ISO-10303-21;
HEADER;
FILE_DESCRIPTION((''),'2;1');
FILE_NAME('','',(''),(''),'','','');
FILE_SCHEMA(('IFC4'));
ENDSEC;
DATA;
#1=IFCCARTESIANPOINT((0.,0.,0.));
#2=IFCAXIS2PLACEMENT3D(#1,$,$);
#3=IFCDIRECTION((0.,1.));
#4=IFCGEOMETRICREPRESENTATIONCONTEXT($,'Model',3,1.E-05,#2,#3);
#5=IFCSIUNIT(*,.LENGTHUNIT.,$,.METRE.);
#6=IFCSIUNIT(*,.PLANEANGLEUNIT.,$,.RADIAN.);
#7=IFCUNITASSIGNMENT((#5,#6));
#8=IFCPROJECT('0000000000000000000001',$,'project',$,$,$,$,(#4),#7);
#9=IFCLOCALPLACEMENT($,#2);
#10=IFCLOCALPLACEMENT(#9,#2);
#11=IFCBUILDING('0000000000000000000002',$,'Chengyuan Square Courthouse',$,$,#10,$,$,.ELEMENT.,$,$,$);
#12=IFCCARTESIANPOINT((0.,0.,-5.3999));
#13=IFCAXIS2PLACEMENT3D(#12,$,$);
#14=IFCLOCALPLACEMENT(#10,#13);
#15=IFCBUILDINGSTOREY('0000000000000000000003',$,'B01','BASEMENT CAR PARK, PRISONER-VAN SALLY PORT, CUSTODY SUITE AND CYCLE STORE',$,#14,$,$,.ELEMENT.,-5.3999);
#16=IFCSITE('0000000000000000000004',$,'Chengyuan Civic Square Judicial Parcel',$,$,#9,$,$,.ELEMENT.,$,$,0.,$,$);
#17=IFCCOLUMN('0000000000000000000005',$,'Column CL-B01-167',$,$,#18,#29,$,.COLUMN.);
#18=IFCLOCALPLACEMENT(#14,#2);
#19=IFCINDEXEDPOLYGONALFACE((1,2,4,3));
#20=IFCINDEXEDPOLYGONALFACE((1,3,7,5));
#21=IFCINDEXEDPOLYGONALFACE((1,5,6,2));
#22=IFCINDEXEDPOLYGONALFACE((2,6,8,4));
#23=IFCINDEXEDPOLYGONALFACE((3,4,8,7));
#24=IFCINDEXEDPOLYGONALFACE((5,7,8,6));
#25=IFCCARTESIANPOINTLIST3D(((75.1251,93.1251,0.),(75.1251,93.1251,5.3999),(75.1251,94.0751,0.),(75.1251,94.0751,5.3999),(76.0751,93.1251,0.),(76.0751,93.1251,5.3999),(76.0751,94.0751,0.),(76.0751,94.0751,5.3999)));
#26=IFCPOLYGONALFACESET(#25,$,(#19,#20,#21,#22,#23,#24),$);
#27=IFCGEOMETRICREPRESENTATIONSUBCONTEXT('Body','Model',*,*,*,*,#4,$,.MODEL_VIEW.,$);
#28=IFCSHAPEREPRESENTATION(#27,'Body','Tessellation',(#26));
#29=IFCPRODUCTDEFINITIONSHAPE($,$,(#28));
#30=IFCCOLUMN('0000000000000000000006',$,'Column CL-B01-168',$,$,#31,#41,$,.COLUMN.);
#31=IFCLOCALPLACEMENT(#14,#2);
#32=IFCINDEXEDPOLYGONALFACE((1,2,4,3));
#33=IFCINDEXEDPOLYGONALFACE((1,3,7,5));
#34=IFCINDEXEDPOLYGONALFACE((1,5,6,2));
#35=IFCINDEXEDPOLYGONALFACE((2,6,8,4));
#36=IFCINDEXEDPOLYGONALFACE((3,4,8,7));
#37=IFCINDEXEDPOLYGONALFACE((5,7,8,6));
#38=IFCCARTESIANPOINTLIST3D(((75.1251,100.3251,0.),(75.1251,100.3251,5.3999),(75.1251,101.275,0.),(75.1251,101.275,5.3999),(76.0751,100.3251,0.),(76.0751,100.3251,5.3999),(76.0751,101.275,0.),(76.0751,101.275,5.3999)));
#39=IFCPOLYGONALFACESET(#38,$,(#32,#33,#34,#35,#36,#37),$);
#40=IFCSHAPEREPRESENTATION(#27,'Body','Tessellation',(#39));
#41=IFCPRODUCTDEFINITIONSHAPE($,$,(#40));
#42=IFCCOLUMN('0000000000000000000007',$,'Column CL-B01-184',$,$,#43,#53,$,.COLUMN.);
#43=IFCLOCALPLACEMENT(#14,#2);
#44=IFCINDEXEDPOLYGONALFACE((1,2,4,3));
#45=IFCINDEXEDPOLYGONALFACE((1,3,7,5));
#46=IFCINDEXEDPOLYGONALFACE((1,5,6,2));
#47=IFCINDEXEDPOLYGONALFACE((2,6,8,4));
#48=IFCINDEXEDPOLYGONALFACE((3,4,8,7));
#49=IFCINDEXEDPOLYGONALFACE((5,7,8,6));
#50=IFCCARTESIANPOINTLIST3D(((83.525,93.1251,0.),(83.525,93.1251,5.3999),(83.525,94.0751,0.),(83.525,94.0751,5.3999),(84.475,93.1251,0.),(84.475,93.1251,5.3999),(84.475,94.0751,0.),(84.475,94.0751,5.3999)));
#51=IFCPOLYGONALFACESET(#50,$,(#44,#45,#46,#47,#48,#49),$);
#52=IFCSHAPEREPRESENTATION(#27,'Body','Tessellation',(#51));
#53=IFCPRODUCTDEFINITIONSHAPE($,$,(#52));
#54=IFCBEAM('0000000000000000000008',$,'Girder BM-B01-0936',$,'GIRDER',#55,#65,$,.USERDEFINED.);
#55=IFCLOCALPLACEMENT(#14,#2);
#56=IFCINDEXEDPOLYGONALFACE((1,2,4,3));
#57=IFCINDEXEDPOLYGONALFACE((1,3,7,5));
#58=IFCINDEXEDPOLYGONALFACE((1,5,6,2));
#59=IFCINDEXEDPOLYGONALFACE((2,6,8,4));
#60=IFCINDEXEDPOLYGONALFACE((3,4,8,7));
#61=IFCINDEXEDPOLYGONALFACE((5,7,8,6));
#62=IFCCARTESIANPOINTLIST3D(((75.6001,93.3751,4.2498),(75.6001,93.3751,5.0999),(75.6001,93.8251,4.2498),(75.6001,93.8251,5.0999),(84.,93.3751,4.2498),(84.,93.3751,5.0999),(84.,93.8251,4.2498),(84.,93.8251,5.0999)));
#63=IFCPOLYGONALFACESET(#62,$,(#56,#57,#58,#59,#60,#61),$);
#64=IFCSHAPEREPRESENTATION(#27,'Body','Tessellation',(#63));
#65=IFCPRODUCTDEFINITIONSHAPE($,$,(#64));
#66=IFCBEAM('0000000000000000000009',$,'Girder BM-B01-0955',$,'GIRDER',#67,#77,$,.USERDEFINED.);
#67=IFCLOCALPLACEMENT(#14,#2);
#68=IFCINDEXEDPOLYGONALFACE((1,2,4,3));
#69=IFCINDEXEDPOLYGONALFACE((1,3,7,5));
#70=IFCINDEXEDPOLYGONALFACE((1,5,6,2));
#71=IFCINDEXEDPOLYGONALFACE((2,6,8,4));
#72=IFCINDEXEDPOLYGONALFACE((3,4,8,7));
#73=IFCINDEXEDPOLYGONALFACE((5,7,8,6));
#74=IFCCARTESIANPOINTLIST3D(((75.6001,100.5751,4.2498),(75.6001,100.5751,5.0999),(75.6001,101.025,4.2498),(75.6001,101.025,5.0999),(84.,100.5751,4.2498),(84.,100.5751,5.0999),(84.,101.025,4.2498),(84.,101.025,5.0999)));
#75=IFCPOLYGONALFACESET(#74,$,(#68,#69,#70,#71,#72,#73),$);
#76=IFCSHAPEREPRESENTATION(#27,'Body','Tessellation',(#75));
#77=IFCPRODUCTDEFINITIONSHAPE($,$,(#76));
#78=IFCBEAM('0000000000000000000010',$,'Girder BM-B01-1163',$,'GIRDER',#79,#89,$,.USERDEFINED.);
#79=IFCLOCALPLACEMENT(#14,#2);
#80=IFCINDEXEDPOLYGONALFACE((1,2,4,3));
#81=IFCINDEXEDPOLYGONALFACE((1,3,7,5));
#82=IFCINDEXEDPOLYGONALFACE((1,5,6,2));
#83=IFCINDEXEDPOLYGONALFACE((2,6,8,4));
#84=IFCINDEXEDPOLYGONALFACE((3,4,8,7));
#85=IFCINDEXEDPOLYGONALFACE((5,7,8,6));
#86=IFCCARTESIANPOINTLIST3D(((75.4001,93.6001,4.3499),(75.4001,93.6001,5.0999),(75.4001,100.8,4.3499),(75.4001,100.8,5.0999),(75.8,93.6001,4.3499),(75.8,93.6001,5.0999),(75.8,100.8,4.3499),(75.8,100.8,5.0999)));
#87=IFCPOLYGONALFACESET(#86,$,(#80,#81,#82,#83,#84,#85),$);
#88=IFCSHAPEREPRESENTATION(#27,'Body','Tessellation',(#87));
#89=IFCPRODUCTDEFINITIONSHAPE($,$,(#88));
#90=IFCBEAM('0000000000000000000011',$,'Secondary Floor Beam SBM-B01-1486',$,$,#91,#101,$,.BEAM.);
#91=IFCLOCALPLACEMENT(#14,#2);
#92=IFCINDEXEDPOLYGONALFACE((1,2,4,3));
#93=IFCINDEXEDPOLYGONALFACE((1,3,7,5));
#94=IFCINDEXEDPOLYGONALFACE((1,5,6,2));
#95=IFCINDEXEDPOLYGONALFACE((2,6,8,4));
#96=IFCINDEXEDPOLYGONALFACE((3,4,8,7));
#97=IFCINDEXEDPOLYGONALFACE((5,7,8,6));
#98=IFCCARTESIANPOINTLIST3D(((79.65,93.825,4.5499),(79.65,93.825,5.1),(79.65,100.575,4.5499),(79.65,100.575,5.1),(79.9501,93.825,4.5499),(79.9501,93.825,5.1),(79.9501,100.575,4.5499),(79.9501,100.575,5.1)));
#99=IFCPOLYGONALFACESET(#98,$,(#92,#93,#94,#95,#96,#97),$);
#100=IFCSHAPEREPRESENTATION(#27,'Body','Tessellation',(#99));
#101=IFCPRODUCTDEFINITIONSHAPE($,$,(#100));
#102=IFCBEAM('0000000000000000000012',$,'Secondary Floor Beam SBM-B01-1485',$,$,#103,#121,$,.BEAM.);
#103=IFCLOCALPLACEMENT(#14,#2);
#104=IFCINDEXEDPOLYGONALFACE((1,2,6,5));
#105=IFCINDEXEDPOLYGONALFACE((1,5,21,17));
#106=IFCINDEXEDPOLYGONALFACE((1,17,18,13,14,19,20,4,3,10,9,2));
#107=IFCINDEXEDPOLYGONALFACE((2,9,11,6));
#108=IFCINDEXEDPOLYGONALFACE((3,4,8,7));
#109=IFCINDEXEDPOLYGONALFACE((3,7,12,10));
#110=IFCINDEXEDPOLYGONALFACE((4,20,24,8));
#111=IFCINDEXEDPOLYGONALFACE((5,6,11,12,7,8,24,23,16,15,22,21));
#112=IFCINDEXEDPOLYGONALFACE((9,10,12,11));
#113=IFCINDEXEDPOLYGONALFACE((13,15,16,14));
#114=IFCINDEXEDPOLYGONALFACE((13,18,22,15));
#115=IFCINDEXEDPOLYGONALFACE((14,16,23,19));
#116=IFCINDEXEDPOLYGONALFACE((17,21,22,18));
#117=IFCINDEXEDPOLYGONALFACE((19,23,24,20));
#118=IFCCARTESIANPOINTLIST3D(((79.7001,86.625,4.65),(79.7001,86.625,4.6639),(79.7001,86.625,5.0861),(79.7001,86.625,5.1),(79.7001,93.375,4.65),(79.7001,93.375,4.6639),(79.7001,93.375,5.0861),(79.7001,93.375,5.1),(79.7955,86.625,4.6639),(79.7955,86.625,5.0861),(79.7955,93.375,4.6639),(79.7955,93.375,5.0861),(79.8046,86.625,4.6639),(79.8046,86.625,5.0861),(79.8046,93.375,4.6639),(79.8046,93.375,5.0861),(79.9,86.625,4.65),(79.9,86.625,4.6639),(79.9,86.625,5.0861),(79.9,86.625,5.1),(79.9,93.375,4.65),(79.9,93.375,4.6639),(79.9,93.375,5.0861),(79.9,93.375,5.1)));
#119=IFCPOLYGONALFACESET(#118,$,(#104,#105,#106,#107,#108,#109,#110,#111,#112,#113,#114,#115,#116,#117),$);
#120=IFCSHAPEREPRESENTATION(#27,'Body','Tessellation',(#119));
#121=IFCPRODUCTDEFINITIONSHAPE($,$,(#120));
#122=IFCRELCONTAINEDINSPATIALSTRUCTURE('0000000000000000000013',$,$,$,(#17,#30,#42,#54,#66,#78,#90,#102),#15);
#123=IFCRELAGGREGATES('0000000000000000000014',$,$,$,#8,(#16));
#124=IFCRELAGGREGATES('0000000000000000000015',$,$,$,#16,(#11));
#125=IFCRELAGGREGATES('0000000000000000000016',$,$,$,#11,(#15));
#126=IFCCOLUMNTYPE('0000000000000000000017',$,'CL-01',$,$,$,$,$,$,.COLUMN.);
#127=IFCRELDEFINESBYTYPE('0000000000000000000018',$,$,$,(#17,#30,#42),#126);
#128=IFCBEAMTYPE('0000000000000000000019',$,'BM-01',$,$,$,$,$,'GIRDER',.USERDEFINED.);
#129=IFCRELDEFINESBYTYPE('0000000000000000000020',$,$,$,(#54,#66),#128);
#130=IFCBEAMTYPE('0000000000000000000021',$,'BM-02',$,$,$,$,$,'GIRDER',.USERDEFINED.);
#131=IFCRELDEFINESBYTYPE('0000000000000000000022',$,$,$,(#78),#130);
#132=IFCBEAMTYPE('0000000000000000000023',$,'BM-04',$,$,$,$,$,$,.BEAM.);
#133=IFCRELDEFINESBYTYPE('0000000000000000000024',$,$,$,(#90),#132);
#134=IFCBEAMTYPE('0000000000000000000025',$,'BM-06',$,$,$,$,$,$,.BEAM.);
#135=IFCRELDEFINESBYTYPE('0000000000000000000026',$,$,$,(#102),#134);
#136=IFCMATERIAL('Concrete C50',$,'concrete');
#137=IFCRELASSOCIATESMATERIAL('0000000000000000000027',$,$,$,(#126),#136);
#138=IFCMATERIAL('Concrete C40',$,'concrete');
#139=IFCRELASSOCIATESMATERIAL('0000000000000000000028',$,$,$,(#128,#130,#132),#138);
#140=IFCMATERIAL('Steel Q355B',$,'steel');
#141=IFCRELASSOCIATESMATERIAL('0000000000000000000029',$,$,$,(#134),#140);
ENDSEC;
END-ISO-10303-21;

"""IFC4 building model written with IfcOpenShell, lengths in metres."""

from ifc_helpers import new_model, si_unit, direction, frame, origin, origin_2d, place, context, subcontext, project, spatial, rectangle, i_section, extrude, material, material_profile, profile_set, type_object, element, save


model = new_model("IFC4")

# Units and contexts
model_context = context("Model", 3, precision=1e-05, world=origin(), true_north=direction((0.0, 1.0)))
body_context = subcontext(model_context, "Body", "Model", "MODEL_VIEW")
ifc_project = project(units=[si_unit("LENGTHUNIT", "METRE"), si_unit("PLANEANGLEUNIT", "RADIAN")], contexts=[model_context])

# Site, building, storey
site_placement = place(None, origin())
site = spatial("IfcSite", under=ifc_project, at=site_placement, Name="Chengyuan Civic Square Judicial Parcel", CompositionType="ELEMENT", RefElevation=0.0)
building_placement = place(site_placement, origin())
building = spatial("IfcBuilding", under=site, at=building_placement, Name="Chengyuan Square Courthouse", CompositionType="ELEMENT")
storey_placement = place(building_placement, frame((0.0, 0.0, -5.3999)))
storey = spatial("IfcBuildingStorey", under=building, at=storey_placement, Name="B01", Description="BASEMENT CAR PARK, PRISONER-VAN SALLY PORT, CUSTODY SUITE AND CYCLE STORE", CompositionType="ELEMENT", Elevation=-5.3999)

# Columns
ifc_material_1 = material(Name="Concrete C50", Category="concrete")
ifc_material_profile_1 = material_profile(ifc_material_1, rectangle(XDim=0.95, YDim=0.95, at=origin_2d()), Name="RC-COL-950x950")
ifc_profile_set_1 = profile_set([ifc_material_profile_1], Name="Concrete C50")
column_type = type_object("IfcColumnType", Name="CL-01", PredefinedType="COLUMN", material=ifc_profile_set_1)
for number, where, z_axis, x_axis, name in (
    (1, (75.6001, 93.6001, 0.0), (0.0, 0.0, 1.0), (1.0, 0.0, 0.0), "Column CL-B01-167"),
    (2, (75.6001, 100.8, 0.0), (0.0, 0.0, 1.0), (1.0, 0.0, 0.0), "Column CL-B01-168"),
    (3, (84.0, 93.6001, 0.0), (0.0, 0.0, 1.0), (1.0, 0.0, 0.0), "Column CL-B01-184"),
):
    element("IfcColumn", number, at=place(storey_placement, frame(where, z_axis=z_axis, x_axis=x_axis)), inside=storey, type_object=column_type, Name=name, PredefinedType="COLUMN", context=body_context, shape_type="SweptSolid", body=[
        extrude(rectangle(XDim=0.95, YDim=0.95, at=origin_2d()), origin(), (0.0, 0.0, 1.0), 5.3999),
    ])

# Beams
ifc_material_2 = material(Name="Concrete C40", Category="concrete")
ifc_material_profile_2 = material_profile(ifc_material_2, rectangle(XDim=0.45, YDim=0.8501, at=origin_2d()), Name="RC-BM-450x850")
ifc_profile_set_2 = profile_set([ifc_material_profile_2], Name="Concrete C40")
beam_type_1 = type_object("IfcBeamType", Name="BM-01", ElementType="GIRDER", PredefinedType="USERDEFINED", material=ifc_profile_set_2)
for number, where, z_axis, x_axis, name in (
    (4, (75.6001, 93.6001, 4.6748), (1.0, 0.0, 0.0), (0.0, 1.0, 0.0), "Girder BM-B01-0936"),
    (5, (75.6001, 100.8, 4.6748), (1.0, 0.0, 0.0), (0.0, 1.0, 0.0), "Girder BM-B01-0955"),
):
    element("IfcBeam", number, at=place(storey_placement, frame(where, z_axis=z_axis, x_axis=x_axis)), inside=storey, type_object=beam_type_1, Name=name, ObjectType="GIRDER", PredefinedType="USERDEFINED", context=body_context, shape_type="SweptSolid", body=[
        extrude(rectangle(XDim=0.45, YDim=0.8501, at=origin_2d()), origin(), (0.0, 0.0, 1.0), 8.3999),
    ])
ifc_material_profile_3 = material_profile(ifc_material_2, rectangle(XDim=0.3999, YDim=0.75, at=origin_2d()), Name="RC-BM-400x750")
ifc_profile_set_3 = profile_set([ifc_material_profile_3], Name="Concrete C40")
beam_type_2 = type_object("IfcBeamType", Name="BM-02", ElementType="GIRDER", PredefinedType="USERDEFINED", material=ifc_profile_set_3)
beam_1_placement = place(storey_placement, frame((75.6001, 93.6001, 4.7249), z_axis=(0.0, 1.0, 0.0), x_axis=(-1.0, 0.0, 0.0)))
element("IfcBeam", 6, at=beam_1_placement, inside=storey, type_object=beam_type_2, Name="Girder BM-B01-1163", ObjectType="GIRDER", PredefinedType="USERDEFINED", context=body_context, shape_type="SweptSolid", body=[
    extrude(rectangle(XDim=0.3999, YDim=0.75, at=origin_2d()), origin(), (0.0, 0.0, 1.0), 7.2),
])
ifc_material_profile_4 = material_profile(ifc_material_2, rectangle(XDim=0.3, YDim=0.55, at=origin_2d()), Name="RC-BM-300x550")
ifc_profile_set_4 = profile_set([ifc_material_profile_4], Name="Concrete C40")
beam_type_3 = type_object("IfcBeamType", Name="BM-04", PredefinedType="BEAM", material=ifc_profile_set_4)
beam_2_placement = place(storey_placement, frame((79.8, 93.825, 4.825), z_axis=(0.0, 1.0, 0.0), x_axis=(-1.0, 0.0, 0.0)))
element("IfcBeam", 7, at=beam_2_placement, inside=storey, type_object=beam_type_3, Name="Secondary Floor Beam SBM-B01-1486", PredefinedType="BEAM", context=body_context, shape_type="SweptSolid", body=[
    extrude(rectangle(XDim=0.3, YDim=0.55, at=origin_2d()), origin(), (0.0, 0.0, 1.0), 6.75),
])
ifc_material_3 = material(Name="Steel Q355B", Category="steel")
ifc_material_profile_5 = material_profile(ifc_material_3, i_section(OverallWidth=0.2, OverallDepth=0.45, WebThickness=0.009, FlangeThickness=0.0139, at=origin_2d()), Name="HN 450x200x9x14")
ifc_profile_set_5 = profile_set([ifc_material_profile_5], Name="Steel Q355B")
beam_type_4 = type_object("IfcBeamType", Name="BM-06", PredefinedType="BEAM", material=ifc_profile_set_5)
beam_3_placement = place(storey_placement, frame((79.8, 86.625, 4.875), z_axis=(0.0, 1.0, 0.0), x_axis=(-1.0, 0.0, 0.0)))
element("IfcBeam", 8, at=beam_3_placement, inside=storey, type_object=beam_type_4, Name="Secondary Floor Beam SBM-B01-1485", PredefinedType="BEAM", context=body_context, shape_type="SweptSolid", body=[
    extrude(i_section(OverallWidth=0.2, OverallDepth=0.45, WebThickness=0.009, FlangeThickness=0.0139, at=origin_2d()), origin(), (0.0, 0.0, 1.0), 6.75),
])

save(model, "model.ifc")
